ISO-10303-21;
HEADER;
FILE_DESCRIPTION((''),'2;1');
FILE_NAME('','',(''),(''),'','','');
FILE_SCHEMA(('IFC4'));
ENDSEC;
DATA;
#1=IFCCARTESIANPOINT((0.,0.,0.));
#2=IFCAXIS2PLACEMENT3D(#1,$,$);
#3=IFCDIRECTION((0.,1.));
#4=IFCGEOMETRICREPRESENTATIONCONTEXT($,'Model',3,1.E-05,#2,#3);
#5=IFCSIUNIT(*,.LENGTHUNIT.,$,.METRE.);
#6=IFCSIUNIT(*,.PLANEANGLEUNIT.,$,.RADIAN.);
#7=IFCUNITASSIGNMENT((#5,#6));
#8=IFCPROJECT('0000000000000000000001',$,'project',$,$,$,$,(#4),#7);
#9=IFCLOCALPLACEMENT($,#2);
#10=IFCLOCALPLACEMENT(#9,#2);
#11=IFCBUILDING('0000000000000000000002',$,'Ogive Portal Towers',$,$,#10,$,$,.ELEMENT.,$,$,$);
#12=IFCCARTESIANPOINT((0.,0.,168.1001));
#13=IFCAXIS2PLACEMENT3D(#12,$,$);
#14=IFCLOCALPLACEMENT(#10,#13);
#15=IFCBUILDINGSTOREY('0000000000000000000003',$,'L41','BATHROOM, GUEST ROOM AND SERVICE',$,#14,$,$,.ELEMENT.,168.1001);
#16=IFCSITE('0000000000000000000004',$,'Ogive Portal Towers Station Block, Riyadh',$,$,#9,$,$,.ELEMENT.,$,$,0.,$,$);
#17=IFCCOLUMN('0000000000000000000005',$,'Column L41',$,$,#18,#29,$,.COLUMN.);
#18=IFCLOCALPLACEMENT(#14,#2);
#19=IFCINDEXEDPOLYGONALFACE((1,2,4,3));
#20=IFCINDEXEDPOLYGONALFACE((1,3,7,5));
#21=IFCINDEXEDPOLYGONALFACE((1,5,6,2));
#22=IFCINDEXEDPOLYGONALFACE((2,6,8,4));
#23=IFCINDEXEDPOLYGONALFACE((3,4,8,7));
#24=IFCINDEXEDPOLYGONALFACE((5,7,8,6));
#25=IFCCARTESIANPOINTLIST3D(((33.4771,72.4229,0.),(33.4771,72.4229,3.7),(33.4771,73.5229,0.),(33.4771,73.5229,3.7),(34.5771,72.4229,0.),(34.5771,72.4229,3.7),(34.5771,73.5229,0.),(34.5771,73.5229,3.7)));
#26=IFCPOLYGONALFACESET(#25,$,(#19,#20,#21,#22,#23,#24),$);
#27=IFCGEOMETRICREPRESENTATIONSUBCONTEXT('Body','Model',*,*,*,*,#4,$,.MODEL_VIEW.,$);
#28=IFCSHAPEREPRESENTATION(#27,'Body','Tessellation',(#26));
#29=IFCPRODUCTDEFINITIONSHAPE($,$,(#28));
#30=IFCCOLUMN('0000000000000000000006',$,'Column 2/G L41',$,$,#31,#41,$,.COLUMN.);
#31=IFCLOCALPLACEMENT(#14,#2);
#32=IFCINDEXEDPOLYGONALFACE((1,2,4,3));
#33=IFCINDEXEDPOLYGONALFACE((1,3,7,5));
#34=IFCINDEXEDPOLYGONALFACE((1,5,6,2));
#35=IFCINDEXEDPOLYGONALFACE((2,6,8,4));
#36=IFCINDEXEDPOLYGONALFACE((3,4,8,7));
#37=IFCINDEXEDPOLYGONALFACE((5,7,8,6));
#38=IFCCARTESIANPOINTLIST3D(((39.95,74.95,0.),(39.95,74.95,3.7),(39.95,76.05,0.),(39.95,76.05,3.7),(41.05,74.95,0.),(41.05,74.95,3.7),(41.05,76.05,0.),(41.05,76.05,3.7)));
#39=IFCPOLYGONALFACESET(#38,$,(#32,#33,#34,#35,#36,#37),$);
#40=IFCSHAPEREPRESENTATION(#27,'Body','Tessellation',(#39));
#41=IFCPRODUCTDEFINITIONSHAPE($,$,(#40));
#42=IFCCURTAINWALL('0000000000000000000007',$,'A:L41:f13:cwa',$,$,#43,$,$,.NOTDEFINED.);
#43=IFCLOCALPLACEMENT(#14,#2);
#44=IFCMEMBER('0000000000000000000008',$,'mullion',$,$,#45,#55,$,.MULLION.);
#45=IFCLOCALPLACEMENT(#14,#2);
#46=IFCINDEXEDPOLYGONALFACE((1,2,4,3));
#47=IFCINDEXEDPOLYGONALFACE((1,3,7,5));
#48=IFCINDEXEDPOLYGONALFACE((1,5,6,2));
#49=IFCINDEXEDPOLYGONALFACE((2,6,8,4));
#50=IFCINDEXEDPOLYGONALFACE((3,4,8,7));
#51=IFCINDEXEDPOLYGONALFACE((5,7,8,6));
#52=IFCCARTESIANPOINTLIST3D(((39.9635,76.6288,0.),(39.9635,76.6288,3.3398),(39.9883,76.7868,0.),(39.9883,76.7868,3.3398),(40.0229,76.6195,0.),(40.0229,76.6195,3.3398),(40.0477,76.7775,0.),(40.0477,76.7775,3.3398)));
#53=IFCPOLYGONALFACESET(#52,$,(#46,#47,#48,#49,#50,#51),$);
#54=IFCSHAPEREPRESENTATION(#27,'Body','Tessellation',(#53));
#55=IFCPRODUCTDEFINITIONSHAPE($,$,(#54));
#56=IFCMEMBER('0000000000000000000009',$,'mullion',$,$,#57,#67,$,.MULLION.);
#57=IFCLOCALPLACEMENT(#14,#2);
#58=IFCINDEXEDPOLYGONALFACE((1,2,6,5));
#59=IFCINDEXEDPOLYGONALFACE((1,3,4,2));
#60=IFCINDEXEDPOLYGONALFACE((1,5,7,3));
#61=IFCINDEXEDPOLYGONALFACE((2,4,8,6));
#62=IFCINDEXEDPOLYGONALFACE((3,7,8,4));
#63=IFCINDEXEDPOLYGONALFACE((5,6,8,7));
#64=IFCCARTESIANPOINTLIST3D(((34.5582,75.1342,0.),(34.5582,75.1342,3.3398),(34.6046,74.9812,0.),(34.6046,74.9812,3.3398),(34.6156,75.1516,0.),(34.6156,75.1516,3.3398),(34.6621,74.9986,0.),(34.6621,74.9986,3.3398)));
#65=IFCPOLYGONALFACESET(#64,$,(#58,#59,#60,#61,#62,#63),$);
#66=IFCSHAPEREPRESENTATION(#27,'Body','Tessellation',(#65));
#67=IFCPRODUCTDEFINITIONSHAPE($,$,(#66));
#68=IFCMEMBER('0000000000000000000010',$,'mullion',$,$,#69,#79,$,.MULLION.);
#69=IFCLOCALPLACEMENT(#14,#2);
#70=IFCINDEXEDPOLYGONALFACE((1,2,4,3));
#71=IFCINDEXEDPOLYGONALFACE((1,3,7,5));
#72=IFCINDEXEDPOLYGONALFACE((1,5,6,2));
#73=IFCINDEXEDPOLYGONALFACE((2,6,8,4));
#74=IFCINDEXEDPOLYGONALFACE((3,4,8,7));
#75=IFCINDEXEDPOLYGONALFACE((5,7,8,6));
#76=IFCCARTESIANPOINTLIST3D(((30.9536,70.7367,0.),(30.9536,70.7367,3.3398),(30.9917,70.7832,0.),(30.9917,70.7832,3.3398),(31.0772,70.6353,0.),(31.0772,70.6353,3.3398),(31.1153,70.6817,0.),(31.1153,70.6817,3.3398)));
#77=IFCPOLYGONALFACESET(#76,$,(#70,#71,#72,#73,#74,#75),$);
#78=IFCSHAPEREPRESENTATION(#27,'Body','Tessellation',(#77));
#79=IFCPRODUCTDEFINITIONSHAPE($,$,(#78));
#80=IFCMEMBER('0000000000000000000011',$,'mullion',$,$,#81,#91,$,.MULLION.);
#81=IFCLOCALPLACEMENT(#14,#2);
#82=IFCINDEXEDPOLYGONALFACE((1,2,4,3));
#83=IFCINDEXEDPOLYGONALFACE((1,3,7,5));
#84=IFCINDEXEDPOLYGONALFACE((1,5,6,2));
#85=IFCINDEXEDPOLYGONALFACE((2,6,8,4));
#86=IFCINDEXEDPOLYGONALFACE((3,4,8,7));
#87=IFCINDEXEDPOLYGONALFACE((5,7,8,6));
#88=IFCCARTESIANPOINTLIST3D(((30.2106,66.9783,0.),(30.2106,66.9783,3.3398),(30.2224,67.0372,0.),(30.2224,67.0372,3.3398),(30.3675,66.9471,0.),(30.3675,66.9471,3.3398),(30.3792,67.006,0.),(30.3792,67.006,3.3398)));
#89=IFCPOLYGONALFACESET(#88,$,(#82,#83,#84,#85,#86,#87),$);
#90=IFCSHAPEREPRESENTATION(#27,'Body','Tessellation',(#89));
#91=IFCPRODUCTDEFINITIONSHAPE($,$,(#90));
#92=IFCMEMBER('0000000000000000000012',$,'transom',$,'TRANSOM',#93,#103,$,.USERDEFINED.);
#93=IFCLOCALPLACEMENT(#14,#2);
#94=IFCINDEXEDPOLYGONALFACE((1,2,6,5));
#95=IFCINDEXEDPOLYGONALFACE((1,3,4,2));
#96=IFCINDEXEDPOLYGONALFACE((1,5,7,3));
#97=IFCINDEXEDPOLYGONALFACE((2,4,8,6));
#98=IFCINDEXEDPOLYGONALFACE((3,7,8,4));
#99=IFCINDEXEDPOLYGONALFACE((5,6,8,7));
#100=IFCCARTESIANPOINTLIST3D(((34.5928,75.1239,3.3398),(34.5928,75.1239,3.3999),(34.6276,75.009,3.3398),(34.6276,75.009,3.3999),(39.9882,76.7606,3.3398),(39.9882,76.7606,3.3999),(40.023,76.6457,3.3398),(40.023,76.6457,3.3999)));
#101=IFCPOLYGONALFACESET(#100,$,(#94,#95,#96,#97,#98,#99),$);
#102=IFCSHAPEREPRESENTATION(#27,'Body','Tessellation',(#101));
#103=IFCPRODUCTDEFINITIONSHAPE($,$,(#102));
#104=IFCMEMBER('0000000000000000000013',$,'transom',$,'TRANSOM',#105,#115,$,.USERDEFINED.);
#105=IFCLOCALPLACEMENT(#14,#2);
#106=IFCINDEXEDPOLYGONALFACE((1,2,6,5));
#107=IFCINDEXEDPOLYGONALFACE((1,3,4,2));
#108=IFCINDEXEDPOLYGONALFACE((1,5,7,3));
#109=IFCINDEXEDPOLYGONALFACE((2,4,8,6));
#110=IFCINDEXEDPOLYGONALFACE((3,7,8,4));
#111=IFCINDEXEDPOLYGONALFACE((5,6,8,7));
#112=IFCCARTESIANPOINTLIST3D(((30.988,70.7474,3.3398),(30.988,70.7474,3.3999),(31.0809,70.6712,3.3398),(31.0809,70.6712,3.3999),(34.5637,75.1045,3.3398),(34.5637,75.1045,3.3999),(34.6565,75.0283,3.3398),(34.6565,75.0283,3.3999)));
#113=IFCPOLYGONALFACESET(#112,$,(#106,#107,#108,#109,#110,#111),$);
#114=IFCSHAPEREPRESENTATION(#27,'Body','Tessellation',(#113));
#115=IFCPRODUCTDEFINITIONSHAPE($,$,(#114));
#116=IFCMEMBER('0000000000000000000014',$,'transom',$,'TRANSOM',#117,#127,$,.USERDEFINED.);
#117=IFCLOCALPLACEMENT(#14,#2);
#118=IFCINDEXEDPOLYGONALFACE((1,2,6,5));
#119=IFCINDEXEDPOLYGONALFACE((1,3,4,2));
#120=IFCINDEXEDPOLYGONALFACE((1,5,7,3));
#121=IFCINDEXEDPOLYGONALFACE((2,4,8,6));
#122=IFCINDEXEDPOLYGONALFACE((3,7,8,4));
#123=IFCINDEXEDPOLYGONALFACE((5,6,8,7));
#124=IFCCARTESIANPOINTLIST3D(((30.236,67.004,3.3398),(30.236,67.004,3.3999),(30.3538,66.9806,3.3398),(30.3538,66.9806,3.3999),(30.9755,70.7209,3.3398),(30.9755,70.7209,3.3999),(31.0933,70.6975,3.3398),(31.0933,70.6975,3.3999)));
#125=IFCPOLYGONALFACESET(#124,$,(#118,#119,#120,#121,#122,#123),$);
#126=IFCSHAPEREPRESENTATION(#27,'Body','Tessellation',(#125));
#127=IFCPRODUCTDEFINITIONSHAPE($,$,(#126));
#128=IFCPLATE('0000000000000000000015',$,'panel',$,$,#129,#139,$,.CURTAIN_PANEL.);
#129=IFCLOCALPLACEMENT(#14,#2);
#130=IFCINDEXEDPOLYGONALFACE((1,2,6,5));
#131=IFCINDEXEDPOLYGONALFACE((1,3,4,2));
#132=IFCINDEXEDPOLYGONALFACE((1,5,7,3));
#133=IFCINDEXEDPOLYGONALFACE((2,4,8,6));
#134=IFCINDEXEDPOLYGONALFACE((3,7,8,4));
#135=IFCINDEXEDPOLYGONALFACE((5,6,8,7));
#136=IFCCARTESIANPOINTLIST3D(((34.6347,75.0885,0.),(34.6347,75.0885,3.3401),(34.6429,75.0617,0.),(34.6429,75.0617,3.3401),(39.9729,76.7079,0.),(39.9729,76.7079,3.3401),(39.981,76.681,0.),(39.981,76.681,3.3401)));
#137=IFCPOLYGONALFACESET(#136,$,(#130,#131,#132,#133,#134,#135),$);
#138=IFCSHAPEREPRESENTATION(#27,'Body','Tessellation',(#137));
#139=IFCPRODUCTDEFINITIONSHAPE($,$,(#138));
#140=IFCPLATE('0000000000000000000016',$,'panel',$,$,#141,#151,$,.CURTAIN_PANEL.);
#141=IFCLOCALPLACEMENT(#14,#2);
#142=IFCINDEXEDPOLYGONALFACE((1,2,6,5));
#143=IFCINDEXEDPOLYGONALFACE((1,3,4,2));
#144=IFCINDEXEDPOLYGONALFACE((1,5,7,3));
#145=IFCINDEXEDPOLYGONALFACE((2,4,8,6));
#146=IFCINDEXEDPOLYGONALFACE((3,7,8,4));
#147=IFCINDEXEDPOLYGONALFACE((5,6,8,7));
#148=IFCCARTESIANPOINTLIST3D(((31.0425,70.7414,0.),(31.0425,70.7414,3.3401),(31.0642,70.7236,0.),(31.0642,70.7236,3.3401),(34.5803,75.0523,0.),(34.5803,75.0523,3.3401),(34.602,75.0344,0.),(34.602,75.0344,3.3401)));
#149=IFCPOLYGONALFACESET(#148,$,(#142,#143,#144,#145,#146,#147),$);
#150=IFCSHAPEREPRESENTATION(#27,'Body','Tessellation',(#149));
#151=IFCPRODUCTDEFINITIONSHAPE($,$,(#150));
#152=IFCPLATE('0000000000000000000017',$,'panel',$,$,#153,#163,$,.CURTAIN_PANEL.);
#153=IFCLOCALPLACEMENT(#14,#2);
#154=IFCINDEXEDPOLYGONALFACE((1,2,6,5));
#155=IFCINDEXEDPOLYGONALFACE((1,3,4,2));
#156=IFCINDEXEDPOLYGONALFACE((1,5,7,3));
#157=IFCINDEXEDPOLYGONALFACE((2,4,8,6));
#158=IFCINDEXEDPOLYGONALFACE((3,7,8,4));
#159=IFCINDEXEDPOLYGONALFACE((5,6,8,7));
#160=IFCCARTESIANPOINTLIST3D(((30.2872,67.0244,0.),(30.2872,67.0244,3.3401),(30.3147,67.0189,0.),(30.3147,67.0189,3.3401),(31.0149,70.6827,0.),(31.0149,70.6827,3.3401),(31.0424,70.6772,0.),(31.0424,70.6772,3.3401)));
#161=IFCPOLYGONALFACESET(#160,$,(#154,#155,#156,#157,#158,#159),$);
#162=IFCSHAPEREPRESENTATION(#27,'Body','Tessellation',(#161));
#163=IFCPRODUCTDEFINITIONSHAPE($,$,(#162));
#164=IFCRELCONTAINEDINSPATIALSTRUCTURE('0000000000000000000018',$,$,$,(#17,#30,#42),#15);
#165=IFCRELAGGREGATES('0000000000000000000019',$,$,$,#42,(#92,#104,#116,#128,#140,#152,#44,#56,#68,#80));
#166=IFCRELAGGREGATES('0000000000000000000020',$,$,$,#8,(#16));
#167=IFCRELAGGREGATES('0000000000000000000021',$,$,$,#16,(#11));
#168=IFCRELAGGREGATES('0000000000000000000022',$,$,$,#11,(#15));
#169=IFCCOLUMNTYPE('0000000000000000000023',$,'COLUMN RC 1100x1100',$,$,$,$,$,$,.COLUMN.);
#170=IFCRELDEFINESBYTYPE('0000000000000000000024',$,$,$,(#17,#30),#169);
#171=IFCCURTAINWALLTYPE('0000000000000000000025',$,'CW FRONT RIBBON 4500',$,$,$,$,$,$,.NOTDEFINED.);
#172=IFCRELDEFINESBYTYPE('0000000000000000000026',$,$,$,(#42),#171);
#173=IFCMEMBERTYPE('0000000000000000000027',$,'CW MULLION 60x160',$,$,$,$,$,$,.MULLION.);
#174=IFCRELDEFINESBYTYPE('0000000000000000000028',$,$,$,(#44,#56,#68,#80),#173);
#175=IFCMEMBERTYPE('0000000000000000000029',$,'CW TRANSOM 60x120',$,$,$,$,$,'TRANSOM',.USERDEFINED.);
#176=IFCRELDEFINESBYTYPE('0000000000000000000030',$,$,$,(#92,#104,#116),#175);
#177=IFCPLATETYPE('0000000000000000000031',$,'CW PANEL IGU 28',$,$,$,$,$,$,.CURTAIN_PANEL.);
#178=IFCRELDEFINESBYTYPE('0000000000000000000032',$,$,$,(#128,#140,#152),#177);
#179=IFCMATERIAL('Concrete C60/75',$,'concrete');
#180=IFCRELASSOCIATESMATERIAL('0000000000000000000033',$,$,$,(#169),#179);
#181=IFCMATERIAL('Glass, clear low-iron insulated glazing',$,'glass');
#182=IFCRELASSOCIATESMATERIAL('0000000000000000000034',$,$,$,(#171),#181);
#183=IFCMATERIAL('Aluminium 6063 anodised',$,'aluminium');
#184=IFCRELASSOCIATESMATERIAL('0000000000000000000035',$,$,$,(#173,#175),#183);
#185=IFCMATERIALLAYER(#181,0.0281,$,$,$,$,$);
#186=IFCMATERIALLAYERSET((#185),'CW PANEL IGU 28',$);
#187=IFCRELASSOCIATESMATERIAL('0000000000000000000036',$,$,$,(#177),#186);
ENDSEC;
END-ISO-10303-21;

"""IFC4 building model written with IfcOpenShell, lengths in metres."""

from ifc_helpers import new_model, si_unit, direction, frame, origin, origin_2d, place, context, subcontext, project, spatial, rectangle, extrude, material, layer, layer_set, material_profile, profile_set, type_object, element, aggregate, save


model = new_model("IFC4")

# Units and contexts
model_context = context("Model", 3, precision=1e-05, world=origin(), true_north=direction((0.0, 1.0)))
body_context = subcontext(model_context, "Body", "Model", "MODEL_VIEW")
ifc_project = project(units=[si_unit("LENGTHUNIT", "METRE"), si_unit("PLANEANGLEUNIT", "RADIAN")], contexts=[model_context])

# Site, building, storey
site_placement = place(None, origin())
site = spatial("IfcSite", under=ifc_project, at=site_placement, Name="Ogive Portal Towers Station Block, Riyadh", CompositionType="ELEMENT", RefElevation=0.0)
building_placement = place(site_placement, origin())
building = spatial("IfcBuilding", under=site, at=building_placement, Name="Ogive Portal Towers", CompositionType="ELEMENT")
storey_placement = place(building_placement, frame((0.0, 0.0, 168.1001)))
storey = spatial("IfcBuildingStorey", under=building, at=storey_placement, Name="L41", Description="BATHROOM, GUEST ROOM AND SERVICE", CompositionType="ELEMENT", Elevation=168.1001)

# Columns
ifc_material_1 = material(Name="Concrete C60/75", Category="concrete")
ifc_material_profile_1 = material_profile(ifc_material_1, rectangle(XDim=1.1001, YDim=1.1001, at=origin_2d()), Name="RC 1100x1100")
ifc_profile_set_1 = profile_set([ifc_material_profile_1], Name="Concrete C60/75")
column_type = type_object("IfcColumnType", Name="COLUMN RC 1100x1100", PredefinedType="COLUMN", material=ifc_profile_set_1)
for number, where, z_axis, x_axis, name in (
    (1, (34.0271, 72.9729, 0.0), (0.0, 0.0, 1.0), (1.0, 0.0, 0.0), "Column L41"),
    (2, (40.5, 75.5, 0.0), (0.0, 0.0, 1.0), (1.0, 0.0, 0.0), "Column 2/G L41"),
):
    element("IfcColumn", number, at=place(storey_placement, frame(where, z_axis=z_axis, x_axis=x_axis)), inside=storey, type_object=column_type, Name=name, PredefinedType="COLUMN", context=body_context, shape_type="SweptSolid", body=[
        extrude(rectangle(XDim=1.1001, YDim=1.1001, at=origin_2d()), origin(), (0.0, 0.0, 1.0), 3.7),
    ])

# Curtain wall, members, plates
ifc_material_2 = material(Name="Glass, clear low-iron insulated glazing", Category="glass")
curtain_wall_type = type_object("IfcCurtainWallType", Name="CW FRONT RIBBON 4500", PredefinedType="NOTDEFINED", material=ifc_material_2)
curtain_wall_placement = place(storey_placement, origin())
curtain_wall = element("IfcCurtainWall", 3, at=curtain_wall_placement, inside=storey, type_object=curtain_wall_type, Name="A:L41:f13:cwa", PredefinedType="NOTDEFINED")
ifc_material_3 = material(Name="Aluminium 6063 anodised", Category="aluminium")
ifc_material_profile_2 = material_profile(ifc_material_3, rectangle(XDim=0.1599, YDim=0.0601, at=origin_2d()), Name="AL 60x160")
ifc_profile_set_2 = profile_set([ifc_material_profile_2], Name="Aluminium 6063 anodised")
member_type_1 = type_object("IfcMemberType", Name="CW MULLION 60x160", PredefinedType="MULLION", material=ifc_profile_set_2)
member_1_placement = place(storey_placement, frame((40.0056, 76.7031, 0.0), z_axis=(0.0, 0.0, 1.0), x_axis=(-0.155089, -0.987901, 0.0)))
member_1 = element("IfcMember", 4, at=member_1_placement, type_object=member_type_1, Name="mullion", PredefinedType="MULLION", context=body_context, shape_type="SweptSolid", body=[
    extrude(rectangle(XDim=0.1599, YDim=0.0601, at=origin_2d()), origin(), (0.0, 0.0, 1.0), 3.3398),
])
member_2_placement = place(storey_placement, frame((34.6101, 75.0664, 0.0), z_axis=(0.0, 0.0, 1.0), x_axis=(0.290285, -0.95694, 0.0)))
member_2 = element("IfcMember", 5, at=member_2_placement, type_object=member_type_1, Name="mullion", PredefinedType="MULLION", context=body_context, shape_type="SweptSolid", body=[
    extrude(rectangle(XDim=0.1599, YDim=0.0601, at=origin_2d()), origin(), (0.0, 0.0, 1.0), 3.3398),
])
member_3_placement = place(storey_placement, frame((31.0344, 70.7092, 0.0), z_axis=(0.0, 0.0, 1.0), x_axis=(0.77301, -0.634393, 0.0)))
member_3 = element("IfcMember", 6, at=member_3_placement, type_object=member_type_1, Name="mullion", PredefinedType="MULLION", context=body_context, shape_type="SweptSolid", body=[
    extrude(rectangle(XDim=0.1599, YDim=0.0601, at=origin_2d()), origin(), (0.0, 0.0, 1.0), 3.3398),
])
member_4_placement = place(storey_placement, frame((30.2949, 66.9922, 0.0), z_axis=(0.0, 0.0, 1.0), x_axis=(0.980785, -0.19509, 0.0)))
member_4 = element("IfcMember", 7, at=member_4_placement, type_object=member_type_1, Name="mullion", PredefinedType="MULLION", context=body_context, shape_type="SweptSolid", body=[
    extrude(rectangle(XDim=0.1599, YDim=0.0601, at=origin_2d()), origin(), (0.0, 0.0, 1.0), 3.3398),
])
ifc_material_profile_3 = material_profile(ifc_material_3, rectangle(XDim=0.1201, YDim=0.0601, at=origin_2d()), Name="AL 120x60")
ifc_profile_set_3 = profile_set([ifc_material_profile_3], Name="Aluminium 6063 anodised")
member_type_2 = type_object("IfcMemberType", Name="CW TRANSOM 60x120", ElementType="TRANSOM", PredefinedType="USERDEFINED", material=ifc_profile_set_3)
member_5_placement = place(storey_placement, frame((40.0056, 76.7031, 3.3699), z_axis=(-0.95694, -0.290286, 0.0), x_axis=(0.290286, -0.95694, 0.0)))
member_5 = element("IfcMember", 8, at=member_5_placement, type_object=member_type_2, Name="transom", ObjectType="TRANSOM", PredefinedType="USERDEFINED", context=body_context, shape_type="SweptSolid", body=[
    extrude(rectangle(XDim=0.1201, YDim=0.0601, at=origin_2d()), origin(), (0.0, 0.0, 1.0), 5.6382),
])
member_6_placement = place(storey_placement, frame((34.6101, 75.0664, 3.3699), z_axis=(-0.634376, -0.773024, 0.0), x_axis=(0.773024, -0.634376, 0.0)))
member_6 = element("IfcMember", 9, at=member_6_placement, type_object=member_type_2, Name="transom", ObjectType="TRANSOM", PredefinedType="USERDEFINED", context=body_context, shape_type="SweptSolid", body=[
    extrude(rectangle(XDim=0.1201, YDim=0.0601, at=origin_2d()), origin(), (0.0, 0.0, 1.0), 5.6365),
])
member_7_placement = place(storey_placement, frame((31.0344, 70.7092, 3.3699), z_axis=(-0.195125, -0.980778, 0.0), x_axis=(0.980778, -0.195125, 0.0)))
member_7 = element("IfcMember", 10, at=member_7_placement, type_object=member_type_2, Name="transom", ObjectType="TRANSOM", PredefinedType="USERDEFINED", context=body_context, shape_type="SweptSolid", body=[
    extrude(rectangle(XDim=0.1201, YDim=0.0601, at=origin_2d()), origin(), (0.0, 0.0, 1.0), 3.7898),
])
ifc_layer_1 = layer(ifc_material_2, 0.0281)
ifc_layer_set_1 = layer_set([ifc_layer_1], Name="CW PANEL IGU 28")
plate_type = type_object("IfcPlateType", Name="CW PANEL IGU 28", PredefinedType="CURTAIN_PANEL", material=ifc_layer_set_1)
plate_1_placement = place(storey_placement, frame((37.3079, 75.8848, 0.0), z_axis=(0.0, 0.0, 1.0), x_axis=(-0.95694, -0.290285, 0.0)))
plate_1 = element("IfcPlate", 11, at=plate_1_placement, type_object=plate_type, Name="panel", PredefinedType="CURTAIN_PANEL", context=body_context, shape_type="SweptSolid", body=[
    extrude(rectangle(XDim=5.5784, YDim=0.0281, at=origin_2d()), origin(), (0.0, 0.0, 1.0), 3.3401),
])
plate_2_placement = place(storey_placement, frame((32.8223, 72.8879, 0.0), z_axis=(0.0, 0.0, 1.0), x_axis=(-0.634393, -0.77301, 0.0)))
plate_2 = element("IfcPlate", 12, at=plate_2_placement, type_object=plate_type, Name="panel", PredefinedType="CURTAIN_PANEL", context=body_context, shape_type="SweptSolid", body=[
    extrude(rectangle(XDim=5.5767, YDim=0.0281, at=origin_2d()), origin(), (0.0, 0.0, 1.0), 3.3401),
])
plate_3_placement = place(storey_placement, frame((30.6648, 68.8508, 0.0), z_axis=(0.0, 0.0, 1.0), x_axis=(-0.19509, -0.980785, 0.0)))
plate_3 = element("IfcPlate", 13, at=plate_3_placement, type_object=plate_type, Name="panel", PredefinedType="CURTAIN_PANEL", context=body_context, shape_type="SweptSolid", body=[
    extrude(rectangle(XDim=3.73, YDim=0.0281, at=origin_2d()), origin(), (0.0, 0.0, 1.0), 3.3401),
])
aggregate(curtain_wall, [member_5, member_6, member_7, plate_1, plate_2, plate_3, member_1, member_2, member_3, member_4])

save(model, "model.ifc")
